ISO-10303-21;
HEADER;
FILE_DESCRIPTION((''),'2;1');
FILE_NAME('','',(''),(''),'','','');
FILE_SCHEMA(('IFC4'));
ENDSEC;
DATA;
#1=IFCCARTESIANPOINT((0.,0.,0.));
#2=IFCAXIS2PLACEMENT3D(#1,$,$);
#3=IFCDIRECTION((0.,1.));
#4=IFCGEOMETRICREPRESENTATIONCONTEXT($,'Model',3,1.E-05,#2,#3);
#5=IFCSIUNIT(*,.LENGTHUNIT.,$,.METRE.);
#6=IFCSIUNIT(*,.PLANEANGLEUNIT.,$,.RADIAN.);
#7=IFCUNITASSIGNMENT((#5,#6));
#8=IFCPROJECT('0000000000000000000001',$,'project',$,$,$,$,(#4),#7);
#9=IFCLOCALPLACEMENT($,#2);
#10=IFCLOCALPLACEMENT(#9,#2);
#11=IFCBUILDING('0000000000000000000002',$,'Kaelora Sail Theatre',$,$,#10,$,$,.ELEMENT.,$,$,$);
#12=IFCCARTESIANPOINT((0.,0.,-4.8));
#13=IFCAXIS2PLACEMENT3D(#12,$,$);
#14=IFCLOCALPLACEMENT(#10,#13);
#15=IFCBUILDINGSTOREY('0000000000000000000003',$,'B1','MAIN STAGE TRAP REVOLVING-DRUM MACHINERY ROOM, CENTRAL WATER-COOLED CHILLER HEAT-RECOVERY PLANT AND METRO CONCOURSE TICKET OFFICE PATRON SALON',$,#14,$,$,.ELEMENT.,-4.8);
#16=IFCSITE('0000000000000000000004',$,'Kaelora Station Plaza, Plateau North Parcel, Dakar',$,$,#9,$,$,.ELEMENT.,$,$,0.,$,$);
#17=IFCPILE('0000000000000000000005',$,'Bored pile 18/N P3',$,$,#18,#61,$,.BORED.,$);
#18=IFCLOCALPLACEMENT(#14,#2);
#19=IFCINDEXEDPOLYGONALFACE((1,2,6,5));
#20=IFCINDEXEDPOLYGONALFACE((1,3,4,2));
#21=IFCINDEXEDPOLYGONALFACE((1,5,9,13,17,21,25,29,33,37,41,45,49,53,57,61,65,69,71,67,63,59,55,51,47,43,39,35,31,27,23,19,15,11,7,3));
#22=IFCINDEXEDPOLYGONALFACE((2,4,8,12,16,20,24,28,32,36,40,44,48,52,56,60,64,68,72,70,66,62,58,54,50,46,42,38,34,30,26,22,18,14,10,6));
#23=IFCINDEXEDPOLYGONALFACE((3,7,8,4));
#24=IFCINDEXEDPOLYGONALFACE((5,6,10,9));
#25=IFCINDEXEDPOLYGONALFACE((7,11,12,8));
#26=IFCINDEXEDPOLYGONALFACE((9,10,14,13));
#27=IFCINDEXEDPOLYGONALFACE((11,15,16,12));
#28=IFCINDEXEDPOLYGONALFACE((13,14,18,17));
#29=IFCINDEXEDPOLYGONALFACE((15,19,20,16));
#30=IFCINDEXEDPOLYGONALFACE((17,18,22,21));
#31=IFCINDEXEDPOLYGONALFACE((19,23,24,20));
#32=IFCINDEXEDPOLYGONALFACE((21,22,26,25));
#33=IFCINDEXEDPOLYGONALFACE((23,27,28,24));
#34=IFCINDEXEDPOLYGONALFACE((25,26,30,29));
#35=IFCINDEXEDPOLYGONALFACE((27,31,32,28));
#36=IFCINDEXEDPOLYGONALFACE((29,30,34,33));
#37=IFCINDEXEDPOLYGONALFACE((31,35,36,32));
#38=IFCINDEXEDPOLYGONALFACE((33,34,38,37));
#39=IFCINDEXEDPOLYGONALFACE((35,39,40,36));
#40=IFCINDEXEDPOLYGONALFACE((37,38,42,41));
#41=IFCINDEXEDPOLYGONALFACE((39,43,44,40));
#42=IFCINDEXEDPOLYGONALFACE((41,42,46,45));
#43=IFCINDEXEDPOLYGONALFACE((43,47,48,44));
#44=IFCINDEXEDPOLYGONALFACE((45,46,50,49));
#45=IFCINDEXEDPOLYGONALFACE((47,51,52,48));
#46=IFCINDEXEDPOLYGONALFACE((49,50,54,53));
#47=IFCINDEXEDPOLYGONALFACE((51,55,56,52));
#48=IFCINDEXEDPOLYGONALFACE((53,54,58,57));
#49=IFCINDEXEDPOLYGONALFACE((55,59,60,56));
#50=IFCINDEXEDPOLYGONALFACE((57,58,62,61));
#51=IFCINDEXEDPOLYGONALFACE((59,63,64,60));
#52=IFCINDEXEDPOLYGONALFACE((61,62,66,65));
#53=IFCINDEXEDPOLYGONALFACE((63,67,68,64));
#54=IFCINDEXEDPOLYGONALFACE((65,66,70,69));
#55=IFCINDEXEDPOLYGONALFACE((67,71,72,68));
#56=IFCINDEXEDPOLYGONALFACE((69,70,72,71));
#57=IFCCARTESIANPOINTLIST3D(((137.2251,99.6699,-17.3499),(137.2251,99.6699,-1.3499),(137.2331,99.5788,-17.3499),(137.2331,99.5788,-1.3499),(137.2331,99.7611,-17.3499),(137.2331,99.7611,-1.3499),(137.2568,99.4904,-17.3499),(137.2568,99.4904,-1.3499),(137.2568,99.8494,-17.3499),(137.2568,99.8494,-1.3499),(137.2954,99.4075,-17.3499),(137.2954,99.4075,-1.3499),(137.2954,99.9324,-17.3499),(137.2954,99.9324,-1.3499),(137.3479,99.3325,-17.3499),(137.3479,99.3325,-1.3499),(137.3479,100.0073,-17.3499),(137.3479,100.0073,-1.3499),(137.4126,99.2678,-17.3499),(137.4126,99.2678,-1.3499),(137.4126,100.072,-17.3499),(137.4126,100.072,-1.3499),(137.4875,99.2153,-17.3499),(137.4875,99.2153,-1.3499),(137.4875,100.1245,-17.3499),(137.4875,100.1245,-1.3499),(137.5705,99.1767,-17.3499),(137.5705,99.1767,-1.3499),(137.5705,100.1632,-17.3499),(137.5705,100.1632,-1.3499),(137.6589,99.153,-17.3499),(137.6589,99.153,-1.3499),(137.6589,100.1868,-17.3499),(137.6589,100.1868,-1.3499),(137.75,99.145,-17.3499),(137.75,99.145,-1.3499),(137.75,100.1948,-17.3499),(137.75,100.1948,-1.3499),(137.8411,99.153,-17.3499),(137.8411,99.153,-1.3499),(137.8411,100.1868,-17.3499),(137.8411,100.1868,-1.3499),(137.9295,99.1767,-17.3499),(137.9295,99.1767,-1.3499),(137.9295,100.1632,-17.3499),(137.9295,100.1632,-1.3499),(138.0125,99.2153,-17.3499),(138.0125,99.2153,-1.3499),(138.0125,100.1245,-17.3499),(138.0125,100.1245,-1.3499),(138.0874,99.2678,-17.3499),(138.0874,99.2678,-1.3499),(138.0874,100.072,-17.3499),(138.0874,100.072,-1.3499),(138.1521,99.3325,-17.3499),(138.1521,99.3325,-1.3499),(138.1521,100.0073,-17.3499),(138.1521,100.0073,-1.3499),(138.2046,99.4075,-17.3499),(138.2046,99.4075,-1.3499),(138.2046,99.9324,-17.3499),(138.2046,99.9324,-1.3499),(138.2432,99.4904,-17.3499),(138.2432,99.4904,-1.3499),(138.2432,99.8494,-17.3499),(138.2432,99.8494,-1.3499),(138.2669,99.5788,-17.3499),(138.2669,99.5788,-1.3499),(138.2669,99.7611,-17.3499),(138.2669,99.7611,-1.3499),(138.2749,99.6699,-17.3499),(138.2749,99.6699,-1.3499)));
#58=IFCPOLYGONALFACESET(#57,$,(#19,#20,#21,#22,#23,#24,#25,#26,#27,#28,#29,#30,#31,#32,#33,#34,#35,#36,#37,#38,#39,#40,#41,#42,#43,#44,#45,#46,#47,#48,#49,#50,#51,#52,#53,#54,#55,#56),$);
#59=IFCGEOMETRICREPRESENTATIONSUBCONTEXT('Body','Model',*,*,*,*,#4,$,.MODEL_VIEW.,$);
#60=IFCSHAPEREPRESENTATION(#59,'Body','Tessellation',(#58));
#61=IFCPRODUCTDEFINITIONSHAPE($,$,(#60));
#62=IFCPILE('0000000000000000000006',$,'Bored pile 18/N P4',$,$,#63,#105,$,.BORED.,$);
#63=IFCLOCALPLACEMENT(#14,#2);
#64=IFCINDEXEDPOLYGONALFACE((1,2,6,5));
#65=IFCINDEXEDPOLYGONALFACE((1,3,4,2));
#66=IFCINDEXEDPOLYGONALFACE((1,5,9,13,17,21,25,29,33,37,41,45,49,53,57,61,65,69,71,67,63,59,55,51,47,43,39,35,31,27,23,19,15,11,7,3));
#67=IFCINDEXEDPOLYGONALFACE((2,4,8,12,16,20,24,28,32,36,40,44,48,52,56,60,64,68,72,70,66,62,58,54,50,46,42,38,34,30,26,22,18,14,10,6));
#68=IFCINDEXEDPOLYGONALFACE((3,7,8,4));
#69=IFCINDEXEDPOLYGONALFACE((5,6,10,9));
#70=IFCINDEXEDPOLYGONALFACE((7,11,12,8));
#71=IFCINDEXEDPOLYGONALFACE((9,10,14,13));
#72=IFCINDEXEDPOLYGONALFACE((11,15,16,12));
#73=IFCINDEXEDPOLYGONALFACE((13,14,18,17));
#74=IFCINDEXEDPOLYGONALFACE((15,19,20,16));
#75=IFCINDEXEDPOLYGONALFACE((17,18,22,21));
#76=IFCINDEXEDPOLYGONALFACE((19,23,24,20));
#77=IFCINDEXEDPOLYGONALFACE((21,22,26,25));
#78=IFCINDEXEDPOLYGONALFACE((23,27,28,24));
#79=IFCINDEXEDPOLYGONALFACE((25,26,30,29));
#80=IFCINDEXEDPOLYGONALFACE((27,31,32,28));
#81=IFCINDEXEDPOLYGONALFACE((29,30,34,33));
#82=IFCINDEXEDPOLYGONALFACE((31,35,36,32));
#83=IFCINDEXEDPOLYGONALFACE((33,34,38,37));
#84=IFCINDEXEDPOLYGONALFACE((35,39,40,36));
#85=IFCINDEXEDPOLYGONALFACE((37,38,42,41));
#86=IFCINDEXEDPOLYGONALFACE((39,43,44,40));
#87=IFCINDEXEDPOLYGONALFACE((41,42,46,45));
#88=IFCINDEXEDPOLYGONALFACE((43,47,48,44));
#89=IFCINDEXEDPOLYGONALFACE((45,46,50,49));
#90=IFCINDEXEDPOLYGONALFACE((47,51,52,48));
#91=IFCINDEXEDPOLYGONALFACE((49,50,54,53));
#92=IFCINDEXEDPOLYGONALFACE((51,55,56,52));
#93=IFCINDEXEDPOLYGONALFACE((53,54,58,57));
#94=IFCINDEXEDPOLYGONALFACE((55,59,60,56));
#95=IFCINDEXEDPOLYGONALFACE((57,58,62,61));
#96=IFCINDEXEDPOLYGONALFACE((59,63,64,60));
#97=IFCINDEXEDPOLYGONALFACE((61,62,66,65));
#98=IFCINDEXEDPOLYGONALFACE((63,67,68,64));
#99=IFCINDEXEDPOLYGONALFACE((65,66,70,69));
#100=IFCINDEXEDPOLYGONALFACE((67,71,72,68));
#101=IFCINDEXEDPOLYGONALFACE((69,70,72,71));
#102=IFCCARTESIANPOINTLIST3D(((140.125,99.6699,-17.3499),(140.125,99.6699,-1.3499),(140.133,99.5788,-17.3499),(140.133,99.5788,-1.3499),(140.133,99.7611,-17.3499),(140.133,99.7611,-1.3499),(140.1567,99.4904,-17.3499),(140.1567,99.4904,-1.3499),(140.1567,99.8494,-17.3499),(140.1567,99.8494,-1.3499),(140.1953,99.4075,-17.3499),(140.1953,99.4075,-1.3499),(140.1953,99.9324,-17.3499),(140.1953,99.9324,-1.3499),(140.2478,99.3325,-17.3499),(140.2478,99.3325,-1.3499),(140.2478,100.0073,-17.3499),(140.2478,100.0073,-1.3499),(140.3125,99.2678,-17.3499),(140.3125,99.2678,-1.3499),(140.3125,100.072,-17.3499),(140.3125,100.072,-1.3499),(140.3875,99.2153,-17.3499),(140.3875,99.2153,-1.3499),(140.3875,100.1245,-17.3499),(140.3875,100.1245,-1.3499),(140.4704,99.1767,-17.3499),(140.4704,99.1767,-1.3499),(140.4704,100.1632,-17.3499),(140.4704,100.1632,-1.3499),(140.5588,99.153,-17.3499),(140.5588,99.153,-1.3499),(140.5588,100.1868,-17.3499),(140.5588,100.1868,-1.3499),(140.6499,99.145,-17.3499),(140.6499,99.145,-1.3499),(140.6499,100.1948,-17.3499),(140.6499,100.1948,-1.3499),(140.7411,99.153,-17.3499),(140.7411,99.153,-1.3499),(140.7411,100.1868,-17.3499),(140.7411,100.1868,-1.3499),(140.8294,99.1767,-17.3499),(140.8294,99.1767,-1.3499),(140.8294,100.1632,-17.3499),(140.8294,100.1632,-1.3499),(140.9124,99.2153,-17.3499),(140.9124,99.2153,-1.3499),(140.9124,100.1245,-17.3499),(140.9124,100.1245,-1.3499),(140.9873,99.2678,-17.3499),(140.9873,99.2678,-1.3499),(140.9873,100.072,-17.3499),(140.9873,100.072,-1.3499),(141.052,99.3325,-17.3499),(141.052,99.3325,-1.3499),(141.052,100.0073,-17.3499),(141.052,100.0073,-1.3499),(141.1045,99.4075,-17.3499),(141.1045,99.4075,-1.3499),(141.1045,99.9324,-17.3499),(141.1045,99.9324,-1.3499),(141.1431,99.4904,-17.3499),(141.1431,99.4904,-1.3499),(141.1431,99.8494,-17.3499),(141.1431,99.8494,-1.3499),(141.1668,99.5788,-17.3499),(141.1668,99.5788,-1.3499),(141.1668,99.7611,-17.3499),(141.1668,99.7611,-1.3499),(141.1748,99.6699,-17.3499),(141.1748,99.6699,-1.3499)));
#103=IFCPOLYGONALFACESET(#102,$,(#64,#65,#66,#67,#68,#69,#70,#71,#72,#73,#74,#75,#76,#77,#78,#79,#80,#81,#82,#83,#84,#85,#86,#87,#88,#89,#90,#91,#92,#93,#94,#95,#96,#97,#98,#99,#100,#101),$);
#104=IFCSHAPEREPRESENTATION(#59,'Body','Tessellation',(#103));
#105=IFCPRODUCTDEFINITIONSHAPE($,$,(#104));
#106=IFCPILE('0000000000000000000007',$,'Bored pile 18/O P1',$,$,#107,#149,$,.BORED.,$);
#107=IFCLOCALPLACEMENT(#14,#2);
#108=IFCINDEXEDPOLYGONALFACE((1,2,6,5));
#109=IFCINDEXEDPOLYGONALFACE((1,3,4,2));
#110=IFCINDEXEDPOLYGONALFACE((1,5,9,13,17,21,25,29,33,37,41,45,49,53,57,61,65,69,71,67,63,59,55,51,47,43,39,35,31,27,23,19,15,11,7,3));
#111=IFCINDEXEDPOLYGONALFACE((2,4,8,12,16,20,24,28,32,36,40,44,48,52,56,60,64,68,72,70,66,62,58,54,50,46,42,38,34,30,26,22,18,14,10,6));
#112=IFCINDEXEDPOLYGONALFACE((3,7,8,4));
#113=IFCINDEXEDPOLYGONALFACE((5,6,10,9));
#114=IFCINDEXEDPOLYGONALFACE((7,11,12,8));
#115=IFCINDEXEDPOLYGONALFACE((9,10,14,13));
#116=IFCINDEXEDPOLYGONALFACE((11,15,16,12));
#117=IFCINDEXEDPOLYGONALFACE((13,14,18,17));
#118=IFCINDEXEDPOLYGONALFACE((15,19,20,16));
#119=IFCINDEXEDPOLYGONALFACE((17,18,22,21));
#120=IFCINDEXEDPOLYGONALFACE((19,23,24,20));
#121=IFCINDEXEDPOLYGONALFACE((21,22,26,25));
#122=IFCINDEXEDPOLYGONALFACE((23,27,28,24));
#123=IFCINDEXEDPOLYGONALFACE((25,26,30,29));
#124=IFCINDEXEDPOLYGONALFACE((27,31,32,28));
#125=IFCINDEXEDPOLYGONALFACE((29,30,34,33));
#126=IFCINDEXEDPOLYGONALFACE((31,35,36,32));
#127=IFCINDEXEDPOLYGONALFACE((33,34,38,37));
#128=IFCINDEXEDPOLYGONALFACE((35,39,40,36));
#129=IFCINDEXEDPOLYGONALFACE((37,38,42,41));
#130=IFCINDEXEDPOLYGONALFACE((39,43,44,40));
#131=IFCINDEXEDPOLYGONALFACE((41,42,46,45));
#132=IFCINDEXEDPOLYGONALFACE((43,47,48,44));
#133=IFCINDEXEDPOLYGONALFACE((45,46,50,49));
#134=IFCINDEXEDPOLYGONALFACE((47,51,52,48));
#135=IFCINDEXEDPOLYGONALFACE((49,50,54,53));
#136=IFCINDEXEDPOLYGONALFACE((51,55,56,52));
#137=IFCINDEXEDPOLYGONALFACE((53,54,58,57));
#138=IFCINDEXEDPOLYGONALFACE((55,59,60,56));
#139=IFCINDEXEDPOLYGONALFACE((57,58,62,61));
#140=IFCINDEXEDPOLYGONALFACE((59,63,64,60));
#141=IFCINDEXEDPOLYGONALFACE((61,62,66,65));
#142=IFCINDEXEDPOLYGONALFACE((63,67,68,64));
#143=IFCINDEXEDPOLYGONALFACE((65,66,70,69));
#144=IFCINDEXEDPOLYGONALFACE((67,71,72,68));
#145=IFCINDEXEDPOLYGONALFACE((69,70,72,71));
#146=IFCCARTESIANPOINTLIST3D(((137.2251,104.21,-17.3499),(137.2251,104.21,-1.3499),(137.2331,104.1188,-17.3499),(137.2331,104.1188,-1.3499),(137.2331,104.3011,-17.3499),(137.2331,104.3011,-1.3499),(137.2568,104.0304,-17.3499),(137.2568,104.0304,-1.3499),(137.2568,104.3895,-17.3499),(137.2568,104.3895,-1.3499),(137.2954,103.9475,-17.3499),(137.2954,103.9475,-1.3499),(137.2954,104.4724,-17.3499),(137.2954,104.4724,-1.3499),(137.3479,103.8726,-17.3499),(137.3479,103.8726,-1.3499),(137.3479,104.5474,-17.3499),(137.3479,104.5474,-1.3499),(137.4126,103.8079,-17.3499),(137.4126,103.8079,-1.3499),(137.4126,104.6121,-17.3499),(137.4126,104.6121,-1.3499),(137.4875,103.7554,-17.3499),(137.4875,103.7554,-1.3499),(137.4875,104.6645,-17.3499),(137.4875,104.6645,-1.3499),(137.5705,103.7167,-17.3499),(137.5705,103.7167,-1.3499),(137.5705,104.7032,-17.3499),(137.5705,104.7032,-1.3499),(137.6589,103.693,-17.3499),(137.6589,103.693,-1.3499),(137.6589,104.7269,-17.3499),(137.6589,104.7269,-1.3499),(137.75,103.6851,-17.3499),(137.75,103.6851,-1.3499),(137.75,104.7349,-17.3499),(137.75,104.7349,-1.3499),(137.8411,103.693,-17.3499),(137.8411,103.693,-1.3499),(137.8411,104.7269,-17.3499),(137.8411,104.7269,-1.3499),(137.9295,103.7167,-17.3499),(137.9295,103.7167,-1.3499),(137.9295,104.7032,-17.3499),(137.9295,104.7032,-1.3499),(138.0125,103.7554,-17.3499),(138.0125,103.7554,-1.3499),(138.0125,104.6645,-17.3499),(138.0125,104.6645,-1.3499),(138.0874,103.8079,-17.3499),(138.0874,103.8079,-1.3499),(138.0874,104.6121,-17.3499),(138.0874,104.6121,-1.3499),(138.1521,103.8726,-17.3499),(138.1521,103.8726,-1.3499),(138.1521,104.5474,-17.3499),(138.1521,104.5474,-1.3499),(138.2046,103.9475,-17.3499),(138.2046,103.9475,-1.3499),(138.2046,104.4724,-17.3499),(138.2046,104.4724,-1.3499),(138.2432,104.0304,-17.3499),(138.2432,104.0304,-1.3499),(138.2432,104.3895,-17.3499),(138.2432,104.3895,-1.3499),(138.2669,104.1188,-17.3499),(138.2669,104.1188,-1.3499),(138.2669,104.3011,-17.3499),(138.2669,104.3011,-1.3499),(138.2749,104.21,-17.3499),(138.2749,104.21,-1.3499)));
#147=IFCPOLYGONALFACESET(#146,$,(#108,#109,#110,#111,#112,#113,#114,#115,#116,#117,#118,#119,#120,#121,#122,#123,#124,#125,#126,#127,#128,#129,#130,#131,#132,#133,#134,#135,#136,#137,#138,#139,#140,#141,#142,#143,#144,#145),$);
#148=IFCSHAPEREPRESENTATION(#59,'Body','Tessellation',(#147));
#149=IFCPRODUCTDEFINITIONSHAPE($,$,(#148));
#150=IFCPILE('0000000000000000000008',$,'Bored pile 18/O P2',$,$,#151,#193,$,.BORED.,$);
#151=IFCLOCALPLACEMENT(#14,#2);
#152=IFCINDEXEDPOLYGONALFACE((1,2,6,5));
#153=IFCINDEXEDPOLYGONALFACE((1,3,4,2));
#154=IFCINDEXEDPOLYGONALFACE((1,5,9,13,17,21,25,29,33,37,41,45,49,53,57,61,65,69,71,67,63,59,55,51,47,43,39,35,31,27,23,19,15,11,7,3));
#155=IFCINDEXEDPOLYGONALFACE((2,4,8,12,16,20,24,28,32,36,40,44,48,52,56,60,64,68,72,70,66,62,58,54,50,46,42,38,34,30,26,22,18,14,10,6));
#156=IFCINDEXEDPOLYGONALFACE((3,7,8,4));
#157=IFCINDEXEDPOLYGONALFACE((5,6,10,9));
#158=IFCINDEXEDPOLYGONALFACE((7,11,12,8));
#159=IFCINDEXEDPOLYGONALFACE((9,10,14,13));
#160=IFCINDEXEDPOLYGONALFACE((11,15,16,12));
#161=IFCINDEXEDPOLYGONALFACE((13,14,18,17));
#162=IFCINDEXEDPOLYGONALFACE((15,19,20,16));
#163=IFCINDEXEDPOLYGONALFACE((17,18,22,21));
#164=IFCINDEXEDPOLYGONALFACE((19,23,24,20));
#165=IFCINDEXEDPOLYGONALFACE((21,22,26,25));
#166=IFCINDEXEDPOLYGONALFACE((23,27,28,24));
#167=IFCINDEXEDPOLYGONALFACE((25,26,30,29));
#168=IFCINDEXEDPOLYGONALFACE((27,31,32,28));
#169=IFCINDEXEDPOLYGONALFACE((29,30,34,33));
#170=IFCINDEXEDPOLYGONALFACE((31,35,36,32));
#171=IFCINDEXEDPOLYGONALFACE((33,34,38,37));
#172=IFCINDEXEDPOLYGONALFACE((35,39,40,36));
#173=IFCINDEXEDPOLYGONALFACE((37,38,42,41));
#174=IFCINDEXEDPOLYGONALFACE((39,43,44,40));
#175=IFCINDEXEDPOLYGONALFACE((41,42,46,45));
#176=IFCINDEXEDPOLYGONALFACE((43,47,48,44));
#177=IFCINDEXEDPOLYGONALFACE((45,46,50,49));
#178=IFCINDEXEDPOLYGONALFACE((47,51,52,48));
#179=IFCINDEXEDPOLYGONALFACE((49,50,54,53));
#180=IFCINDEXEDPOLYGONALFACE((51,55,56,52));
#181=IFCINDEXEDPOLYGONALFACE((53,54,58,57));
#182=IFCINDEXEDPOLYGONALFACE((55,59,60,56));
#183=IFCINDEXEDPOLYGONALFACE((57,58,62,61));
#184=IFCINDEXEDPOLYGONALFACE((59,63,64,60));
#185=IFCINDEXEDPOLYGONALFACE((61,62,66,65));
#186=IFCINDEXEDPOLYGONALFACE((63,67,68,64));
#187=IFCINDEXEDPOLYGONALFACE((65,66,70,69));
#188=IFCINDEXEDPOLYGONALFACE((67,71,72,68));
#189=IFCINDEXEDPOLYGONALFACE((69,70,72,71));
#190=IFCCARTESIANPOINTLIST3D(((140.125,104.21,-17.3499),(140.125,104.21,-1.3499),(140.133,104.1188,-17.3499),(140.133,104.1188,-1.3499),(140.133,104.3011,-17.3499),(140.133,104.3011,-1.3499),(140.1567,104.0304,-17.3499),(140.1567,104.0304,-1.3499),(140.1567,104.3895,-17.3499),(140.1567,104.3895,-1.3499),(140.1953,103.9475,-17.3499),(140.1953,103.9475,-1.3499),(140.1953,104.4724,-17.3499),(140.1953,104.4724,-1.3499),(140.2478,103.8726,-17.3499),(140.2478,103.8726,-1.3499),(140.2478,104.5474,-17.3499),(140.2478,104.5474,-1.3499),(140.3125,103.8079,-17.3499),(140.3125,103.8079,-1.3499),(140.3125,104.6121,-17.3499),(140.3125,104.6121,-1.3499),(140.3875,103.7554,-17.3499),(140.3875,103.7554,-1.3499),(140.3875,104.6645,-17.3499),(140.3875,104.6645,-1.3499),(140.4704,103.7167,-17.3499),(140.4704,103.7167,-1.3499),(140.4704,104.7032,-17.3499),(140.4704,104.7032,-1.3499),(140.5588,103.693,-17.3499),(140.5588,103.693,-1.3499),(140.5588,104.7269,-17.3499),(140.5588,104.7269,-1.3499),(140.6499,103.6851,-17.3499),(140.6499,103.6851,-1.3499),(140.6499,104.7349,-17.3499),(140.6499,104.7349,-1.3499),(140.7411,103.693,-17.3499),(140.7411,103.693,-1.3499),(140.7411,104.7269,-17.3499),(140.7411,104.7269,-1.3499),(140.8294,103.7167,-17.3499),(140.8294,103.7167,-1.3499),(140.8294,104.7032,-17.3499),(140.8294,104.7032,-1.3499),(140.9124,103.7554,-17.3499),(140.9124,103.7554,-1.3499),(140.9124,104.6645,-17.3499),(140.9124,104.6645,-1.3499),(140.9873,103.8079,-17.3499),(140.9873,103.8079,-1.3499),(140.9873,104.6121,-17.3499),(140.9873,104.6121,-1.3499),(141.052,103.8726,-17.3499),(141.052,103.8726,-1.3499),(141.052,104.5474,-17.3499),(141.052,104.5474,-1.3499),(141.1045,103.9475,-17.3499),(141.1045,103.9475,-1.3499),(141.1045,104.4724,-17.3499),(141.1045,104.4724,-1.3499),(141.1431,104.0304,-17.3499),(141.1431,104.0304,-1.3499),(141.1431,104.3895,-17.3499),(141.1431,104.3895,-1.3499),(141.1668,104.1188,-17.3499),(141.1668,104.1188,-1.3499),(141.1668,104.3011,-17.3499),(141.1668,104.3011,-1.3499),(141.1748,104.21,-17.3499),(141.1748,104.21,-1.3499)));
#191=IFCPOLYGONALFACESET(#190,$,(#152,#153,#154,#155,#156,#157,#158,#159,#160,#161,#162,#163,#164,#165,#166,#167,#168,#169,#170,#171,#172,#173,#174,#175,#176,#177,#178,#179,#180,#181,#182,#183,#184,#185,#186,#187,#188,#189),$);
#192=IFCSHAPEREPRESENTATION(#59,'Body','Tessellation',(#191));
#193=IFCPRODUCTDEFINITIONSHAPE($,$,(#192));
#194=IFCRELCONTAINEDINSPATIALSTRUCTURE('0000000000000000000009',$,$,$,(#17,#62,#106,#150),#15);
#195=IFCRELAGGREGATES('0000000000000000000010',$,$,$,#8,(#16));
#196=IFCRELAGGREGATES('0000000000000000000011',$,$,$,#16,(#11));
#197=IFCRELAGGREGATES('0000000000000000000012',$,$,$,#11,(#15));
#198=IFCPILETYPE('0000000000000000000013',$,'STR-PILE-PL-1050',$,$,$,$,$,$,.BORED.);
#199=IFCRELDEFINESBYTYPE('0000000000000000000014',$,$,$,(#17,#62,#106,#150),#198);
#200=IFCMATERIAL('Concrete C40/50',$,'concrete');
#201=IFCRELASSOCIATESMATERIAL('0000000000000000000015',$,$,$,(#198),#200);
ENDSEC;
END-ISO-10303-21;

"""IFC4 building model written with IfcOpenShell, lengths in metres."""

from ifc_helpers import new_model, si_unit, direction, frame, origin, origin_2d, place, context, subcontext, project, spatial, circle, extrude, material, material_profile, profile_set, type_object, element, save


model = new_model("IFC4")

# Units and contexts
model_context = context("Model", 3, precision=1e-05, world=origin(), true_north=direction((0.0, 1.0)))
body_context = subcontext(model_context, "Body", "Model", "MODEL_VIEW")
ifc_project = project(units=[si_unit("LENGTHUNIT", "METRE"), si_unit("PLANEANGLEUNIT", "RADIAN")], contexts=[model_context])

# Site, building, storey
site_placement = place(None, origin())
site = spatial("IfcSite", under=ifc_project, at=site_placement, Name="Kaelora Station Plaza, Plateau North Parcel, Dakar", CompositionType="ELEMENT", RefElevation=0.0)
building_placement = place(site_placement, origin())
building = spatial("IfcBuilding", under=site, at=building_placement, Name="Kaelora Sail Theatre", CompositionType="ELEMENT")
storey_placement = place(building_placement, frame((0.0, 0.0, -4.8)))
storey = spatial("IfcBuildingStorey", under=building, at=storey_placement, Name="B1", Description="MAIN STAGE TRAP REVOLVING-DRUM MACHINERY ROOM, CENTRAL WATER-COOLED CHILLER HEAT-RECOVERY PLANT AND METRO CONCOURSE TICKET OFFICE PATRON SALON", CompositionType="ELEMENT", Elevation=-4.8)

# Piles
ifc_material_1 = material(Name="Concrete C40/50", Category="concrete")
ifc_material_profile_1 = material_profile(ifc_material_1, circle(Radius=0.5249, at=origin_2d()), Name="PILE D1050")
ifc_profile_set_1 = profile_set([ifc_material_profile_1], Name="Concrete C40/50")
pile_type_1 = type_object("IfcPileType", Name="STR-PILE-PL-1050", PredefinedType="BORED", material=ifc_profile_set_1)
for number, where, z_axis, x_axis, name in (
    (1, (137.75, 99.6699, -1.3499), (0.0, 0.0, -1.0), (1.0, 0.0, 0.0), "Bored pile 18/N P3"),
    (2, (140.6499, 99.6699, -1.3499), (0.0, 0.0, -1.0), (1.0, 0.0, 0.0), "Bored pile 18/N P4"),
    (3, (137.75, 104.21, -1.3499), (0.0, 0.0, -1.0), (1.0, 0.0, 0.0), "Bored pile 18/O P1"),
    (4, (140.6499, 104.21, -1.3499), (0.0, 0.0, -1.0), (1.0, 0.0, 0.0), "Bored pile 18/O P2"),
):
    element("IfcPile", number, at=place(storey_placement, frame(where, z_axis=z_axis, x_axis=x_axis)), inside=storey, type_object=pile_type_1, Name=name, PredefinedType="BORED", context=body_context, shape_type="SweptSolid", body=[
        extrude(circle(Radius=0.5249, at=origin_2d()), origin(), (0.0, 0.0, 1.0), 16.0),
    ])

save(model, "model.ifc")
